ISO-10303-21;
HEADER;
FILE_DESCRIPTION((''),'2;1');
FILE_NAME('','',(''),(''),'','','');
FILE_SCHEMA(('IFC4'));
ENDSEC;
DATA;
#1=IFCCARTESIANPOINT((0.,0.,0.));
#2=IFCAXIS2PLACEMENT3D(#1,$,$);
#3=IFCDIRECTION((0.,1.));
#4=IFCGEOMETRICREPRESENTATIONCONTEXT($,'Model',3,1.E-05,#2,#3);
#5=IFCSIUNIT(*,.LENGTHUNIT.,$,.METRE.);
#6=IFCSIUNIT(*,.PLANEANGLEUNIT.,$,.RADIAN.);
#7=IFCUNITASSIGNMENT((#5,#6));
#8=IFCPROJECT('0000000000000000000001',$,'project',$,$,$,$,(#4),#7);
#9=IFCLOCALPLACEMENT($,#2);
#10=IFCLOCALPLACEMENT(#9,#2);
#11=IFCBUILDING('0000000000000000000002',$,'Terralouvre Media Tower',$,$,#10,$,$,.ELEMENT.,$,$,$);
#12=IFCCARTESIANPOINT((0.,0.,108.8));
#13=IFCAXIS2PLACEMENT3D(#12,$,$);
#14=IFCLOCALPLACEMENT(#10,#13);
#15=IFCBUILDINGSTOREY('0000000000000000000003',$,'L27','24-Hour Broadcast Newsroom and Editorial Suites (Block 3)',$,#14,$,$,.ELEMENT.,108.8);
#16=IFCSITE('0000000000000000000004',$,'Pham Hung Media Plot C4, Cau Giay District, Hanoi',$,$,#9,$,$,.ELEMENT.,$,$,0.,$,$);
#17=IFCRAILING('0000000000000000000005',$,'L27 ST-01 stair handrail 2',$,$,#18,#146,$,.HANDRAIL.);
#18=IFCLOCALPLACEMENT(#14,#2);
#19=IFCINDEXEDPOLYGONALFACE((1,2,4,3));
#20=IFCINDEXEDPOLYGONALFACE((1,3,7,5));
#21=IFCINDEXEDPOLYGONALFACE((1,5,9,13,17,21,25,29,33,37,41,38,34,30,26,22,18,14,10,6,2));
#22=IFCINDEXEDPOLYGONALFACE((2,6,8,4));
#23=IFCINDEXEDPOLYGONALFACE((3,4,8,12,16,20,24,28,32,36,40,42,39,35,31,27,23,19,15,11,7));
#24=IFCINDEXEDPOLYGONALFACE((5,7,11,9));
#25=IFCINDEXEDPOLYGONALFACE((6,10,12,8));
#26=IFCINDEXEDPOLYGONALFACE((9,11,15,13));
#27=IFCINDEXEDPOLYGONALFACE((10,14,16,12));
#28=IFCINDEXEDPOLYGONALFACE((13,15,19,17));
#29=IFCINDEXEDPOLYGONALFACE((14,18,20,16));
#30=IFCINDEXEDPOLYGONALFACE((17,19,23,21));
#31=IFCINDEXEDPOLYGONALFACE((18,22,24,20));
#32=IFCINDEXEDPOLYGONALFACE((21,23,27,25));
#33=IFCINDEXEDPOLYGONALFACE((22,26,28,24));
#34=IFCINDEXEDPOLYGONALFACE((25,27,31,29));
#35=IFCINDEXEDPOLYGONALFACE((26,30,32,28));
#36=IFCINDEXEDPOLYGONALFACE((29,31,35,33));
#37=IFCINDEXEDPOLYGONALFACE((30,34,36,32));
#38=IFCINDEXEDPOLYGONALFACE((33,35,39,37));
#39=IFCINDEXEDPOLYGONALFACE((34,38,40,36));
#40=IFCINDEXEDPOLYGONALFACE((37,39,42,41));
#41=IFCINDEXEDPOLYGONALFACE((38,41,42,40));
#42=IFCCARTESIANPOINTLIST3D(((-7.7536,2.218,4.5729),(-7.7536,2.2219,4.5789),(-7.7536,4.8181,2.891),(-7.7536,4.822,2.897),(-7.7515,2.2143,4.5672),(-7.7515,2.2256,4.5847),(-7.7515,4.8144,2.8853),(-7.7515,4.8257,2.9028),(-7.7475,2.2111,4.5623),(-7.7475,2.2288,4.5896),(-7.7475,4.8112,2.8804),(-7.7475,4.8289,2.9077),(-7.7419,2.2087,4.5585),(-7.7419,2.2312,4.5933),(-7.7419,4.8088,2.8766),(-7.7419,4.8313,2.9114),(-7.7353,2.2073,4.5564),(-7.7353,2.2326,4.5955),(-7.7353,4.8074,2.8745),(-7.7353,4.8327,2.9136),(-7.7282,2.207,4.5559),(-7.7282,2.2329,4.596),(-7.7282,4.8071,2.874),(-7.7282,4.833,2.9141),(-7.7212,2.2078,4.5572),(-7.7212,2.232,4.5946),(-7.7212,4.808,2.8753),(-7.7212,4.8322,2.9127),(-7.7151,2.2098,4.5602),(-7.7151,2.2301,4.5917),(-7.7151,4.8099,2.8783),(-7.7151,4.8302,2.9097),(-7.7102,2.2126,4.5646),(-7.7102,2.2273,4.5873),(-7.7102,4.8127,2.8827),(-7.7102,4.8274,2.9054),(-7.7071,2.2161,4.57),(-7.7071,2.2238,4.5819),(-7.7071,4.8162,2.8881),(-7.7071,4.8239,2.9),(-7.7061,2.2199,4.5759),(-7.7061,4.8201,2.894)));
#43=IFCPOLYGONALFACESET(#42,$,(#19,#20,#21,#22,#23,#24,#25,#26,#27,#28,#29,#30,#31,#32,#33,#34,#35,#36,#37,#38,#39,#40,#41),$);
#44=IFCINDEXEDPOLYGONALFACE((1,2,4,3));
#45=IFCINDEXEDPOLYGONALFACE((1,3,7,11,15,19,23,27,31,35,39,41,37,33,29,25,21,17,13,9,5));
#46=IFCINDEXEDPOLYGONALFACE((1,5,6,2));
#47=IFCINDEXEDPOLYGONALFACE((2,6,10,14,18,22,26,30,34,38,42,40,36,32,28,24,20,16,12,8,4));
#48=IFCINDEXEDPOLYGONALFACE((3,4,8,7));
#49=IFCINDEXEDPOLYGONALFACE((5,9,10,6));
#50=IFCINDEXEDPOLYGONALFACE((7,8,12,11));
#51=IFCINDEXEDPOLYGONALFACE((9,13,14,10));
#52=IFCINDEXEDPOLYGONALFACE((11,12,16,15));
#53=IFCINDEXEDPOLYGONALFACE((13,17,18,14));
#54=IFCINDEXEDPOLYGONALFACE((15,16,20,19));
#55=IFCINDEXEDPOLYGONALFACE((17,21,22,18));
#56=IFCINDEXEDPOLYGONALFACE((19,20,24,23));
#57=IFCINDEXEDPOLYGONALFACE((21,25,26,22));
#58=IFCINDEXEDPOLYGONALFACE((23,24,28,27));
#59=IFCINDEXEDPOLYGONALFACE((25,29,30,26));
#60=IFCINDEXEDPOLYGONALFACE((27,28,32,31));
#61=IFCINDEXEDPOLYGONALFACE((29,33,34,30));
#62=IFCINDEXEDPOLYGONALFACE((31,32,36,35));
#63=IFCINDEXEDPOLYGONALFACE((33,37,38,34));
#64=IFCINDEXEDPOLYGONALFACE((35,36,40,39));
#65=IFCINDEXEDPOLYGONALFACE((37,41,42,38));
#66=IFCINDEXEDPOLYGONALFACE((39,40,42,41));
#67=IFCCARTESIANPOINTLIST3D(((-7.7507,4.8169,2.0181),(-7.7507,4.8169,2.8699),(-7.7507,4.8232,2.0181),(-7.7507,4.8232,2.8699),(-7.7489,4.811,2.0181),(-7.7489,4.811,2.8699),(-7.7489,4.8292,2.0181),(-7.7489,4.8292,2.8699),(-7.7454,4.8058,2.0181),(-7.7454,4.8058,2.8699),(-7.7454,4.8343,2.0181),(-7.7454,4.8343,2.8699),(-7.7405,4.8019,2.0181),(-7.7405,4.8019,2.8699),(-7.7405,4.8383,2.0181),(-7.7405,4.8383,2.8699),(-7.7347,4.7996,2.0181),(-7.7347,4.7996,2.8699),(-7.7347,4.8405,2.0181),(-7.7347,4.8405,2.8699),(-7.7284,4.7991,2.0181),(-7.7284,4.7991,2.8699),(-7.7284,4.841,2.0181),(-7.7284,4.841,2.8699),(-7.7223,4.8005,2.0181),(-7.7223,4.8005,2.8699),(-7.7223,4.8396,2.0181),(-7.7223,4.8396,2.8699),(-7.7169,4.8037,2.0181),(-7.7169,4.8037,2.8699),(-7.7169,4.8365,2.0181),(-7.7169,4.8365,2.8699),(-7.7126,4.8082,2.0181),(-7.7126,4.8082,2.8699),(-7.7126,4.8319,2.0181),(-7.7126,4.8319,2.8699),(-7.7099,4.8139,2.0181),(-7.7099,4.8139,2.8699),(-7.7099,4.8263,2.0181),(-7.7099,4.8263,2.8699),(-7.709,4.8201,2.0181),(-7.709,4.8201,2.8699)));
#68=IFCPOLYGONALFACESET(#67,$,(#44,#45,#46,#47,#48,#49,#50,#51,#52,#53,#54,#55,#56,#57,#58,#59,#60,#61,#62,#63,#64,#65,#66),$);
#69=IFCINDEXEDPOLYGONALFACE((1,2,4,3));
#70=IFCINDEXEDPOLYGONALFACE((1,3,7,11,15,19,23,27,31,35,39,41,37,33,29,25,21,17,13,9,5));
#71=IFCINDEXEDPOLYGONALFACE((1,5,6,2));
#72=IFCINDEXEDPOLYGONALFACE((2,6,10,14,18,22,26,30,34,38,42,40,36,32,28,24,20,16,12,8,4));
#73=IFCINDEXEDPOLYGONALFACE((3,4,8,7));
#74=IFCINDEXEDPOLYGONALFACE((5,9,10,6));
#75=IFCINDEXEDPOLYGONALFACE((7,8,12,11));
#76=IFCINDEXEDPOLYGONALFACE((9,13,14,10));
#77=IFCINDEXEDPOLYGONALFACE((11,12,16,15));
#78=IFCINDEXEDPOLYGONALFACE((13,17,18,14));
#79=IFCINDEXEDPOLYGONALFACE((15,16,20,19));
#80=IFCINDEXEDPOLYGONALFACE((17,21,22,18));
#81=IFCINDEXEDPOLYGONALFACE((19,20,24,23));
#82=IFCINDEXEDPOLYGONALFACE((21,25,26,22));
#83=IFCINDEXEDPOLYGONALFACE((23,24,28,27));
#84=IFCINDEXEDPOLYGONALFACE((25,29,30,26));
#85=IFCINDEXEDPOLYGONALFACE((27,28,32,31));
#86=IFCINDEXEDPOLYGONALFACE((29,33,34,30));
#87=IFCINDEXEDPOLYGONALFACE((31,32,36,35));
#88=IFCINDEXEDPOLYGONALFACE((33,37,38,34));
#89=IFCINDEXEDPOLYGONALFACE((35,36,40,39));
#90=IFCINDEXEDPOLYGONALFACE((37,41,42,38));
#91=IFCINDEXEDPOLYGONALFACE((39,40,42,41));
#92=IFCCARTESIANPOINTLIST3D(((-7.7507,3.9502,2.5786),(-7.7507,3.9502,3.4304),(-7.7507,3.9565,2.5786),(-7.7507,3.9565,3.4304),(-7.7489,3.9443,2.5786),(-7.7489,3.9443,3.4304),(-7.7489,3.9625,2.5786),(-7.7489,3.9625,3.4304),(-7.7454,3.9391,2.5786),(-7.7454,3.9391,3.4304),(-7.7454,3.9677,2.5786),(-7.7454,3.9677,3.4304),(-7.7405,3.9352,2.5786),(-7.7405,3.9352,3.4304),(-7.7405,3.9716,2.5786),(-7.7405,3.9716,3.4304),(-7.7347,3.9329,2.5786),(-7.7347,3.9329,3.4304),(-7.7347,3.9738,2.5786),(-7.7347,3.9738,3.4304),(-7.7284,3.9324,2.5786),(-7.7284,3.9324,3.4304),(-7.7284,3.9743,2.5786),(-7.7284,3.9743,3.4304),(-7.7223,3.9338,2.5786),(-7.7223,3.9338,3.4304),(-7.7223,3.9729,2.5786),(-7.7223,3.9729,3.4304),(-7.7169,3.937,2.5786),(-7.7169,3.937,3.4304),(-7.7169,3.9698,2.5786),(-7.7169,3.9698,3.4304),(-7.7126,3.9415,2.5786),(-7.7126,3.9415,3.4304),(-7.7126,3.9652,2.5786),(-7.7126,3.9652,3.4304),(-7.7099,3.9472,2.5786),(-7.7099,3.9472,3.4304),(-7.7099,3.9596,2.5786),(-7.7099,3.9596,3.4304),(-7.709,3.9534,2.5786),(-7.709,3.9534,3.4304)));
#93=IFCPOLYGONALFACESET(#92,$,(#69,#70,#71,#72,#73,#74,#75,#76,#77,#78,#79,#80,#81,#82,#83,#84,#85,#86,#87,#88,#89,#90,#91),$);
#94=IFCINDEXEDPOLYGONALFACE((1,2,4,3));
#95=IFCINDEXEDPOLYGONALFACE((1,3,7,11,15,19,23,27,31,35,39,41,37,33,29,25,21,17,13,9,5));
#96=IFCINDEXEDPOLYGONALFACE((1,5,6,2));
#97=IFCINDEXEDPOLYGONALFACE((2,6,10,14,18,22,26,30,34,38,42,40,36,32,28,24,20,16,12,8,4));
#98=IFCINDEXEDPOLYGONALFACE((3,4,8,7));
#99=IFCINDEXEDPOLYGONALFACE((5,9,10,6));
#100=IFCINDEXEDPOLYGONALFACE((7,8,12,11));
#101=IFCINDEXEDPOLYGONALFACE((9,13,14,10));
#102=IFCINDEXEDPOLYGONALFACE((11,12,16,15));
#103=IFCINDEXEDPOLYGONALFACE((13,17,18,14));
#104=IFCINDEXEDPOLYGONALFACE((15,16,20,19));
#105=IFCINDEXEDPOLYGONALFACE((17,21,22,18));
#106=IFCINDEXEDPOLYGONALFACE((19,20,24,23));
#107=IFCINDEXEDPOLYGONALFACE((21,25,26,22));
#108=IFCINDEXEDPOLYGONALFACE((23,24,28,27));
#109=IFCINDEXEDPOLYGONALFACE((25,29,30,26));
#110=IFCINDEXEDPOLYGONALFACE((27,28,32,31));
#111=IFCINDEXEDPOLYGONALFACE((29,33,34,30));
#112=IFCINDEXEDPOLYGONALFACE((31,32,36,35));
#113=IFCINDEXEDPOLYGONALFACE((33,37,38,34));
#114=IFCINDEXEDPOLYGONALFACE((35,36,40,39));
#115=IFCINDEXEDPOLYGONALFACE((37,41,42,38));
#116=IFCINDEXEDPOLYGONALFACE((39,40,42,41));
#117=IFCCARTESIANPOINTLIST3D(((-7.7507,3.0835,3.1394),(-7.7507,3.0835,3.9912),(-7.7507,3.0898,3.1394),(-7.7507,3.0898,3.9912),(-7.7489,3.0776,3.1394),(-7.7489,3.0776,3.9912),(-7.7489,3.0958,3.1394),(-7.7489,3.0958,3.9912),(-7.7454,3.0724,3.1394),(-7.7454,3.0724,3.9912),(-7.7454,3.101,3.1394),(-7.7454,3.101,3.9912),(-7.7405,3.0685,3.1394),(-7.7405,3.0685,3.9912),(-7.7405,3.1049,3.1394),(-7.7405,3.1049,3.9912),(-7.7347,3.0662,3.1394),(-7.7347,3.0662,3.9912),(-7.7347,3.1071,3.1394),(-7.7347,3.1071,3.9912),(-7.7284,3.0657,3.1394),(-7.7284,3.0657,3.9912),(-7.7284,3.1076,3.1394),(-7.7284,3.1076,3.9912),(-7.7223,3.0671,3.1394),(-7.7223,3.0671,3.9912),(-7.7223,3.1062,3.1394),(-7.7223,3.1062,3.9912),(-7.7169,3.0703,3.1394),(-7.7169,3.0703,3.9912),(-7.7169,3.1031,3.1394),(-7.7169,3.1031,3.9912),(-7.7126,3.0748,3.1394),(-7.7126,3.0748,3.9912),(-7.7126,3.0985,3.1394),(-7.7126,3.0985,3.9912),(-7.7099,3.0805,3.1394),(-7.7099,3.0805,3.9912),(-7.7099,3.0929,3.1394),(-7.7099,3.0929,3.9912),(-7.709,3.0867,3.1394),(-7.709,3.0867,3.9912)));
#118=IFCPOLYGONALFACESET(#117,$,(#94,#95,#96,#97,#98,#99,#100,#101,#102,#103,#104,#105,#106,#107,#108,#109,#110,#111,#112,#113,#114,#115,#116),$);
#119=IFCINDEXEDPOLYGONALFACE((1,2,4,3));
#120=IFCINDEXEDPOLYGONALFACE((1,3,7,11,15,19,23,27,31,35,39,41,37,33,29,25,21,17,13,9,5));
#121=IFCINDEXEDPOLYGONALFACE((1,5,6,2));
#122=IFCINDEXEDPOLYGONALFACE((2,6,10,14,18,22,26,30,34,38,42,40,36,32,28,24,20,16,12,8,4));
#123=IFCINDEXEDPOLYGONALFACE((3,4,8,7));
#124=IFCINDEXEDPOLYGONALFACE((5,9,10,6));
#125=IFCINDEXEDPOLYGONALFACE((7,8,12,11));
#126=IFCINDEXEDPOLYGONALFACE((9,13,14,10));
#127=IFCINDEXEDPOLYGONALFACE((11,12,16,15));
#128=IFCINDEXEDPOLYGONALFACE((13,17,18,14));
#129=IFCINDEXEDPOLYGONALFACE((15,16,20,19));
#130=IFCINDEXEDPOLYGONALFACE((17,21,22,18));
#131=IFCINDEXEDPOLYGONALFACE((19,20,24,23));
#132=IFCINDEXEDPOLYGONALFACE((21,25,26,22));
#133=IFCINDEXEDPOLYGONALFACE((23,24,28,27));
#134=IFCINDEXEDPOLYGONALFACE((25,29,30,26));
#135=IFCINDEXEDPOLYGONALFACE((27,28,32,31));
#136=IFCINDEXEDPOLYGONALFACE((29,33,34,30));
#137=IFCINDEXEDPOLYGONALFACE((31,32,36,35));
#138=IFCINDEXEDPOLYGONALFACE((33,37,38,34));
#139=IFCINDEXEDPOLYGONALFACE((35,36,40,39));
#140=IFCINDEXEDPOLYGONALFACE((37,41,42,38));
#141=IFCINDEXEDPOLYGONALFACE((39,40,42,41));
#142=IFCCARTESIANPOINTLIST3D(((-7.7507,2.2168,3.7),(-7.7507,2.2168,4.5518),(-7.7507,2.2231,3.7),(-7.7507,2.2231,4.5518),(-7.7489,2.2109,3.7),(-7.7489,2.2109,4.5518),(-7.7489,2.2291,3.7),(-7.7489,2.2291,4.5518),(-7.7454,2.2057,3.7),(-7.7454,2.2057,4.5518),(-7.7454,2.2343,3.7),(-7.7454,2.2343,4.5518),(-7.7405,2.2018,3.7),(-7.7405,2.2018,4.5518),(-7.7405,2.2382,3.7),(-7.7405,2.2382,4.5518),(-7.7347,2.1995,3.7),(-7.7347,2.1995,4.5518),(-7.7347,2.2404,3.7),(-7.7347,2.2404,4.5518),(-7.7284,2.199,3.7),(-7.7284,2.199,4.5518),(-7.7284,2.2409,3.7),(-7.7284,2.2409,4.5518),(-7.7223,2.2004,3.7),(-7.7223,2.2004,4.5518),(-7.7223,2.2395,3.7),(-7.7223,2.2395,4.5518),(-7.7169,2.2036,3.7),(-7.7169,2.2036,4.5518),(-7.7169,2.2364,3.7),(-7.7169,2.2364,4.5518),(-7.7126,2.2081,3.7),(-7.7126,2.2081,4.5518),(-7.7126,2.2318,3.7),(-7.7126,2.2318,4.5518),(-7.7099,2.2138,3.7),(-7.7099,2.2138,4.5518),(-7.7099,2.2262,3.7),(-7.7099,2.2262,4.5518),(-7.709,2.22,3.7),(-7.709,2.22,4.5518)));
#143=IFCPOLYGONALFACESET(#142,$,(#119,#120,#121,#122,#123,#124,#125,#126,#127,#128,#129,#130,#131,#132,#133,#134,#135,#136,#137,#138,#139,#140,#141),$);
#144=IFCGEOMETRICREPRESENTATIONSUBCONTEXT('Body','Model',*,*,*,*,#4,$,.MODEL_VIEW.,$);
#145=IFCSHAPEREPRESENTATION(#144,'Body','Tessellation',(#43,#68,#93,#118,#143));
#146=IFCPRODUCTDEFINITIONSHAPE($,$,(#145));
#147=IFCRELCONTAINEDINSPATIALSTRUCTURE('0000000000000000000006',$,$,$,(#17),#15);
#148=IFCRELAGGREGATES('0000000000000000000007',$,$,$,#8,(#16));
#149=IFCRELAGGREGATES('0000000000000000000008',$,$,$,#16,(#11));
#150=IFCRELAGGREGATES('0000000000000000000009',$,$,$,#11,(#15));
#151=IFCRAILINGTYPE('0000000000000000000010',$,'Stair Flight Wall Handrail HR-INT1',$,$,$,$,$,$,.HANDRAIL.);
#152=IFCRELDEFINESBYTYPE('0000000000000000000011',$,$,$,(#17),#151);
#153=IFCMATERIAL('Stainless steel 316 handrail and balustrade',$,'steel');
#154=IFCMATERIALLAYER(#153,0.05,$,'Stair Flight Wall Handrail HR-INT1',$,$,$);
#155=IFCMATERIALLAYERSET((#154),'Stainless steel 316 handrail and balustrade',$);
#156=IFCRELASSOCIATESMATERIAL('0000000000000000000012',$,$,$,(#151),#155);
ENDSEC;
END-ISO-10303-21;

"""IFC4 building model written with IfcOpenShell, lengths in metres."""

from ifc_helpers import new_model, si_unit, direction, frame, origin, origin_2d, place, context, subcontext, project, spatial, circle, extrude, material, layer, layer_set, type_object, element, save


model = new_model("IFC4")

# Units and contexts
model_context = context("Model", 3, precision=1e-05, world=origin(), true_north=direction((0.0, 1.0)))
body_context = subcontext(model_context, "Body", "Model", "MODEL_VIEW")
ifc_project = project(units=[si_unit("LENGTHUNIT", "METRE"), si_unit("PLANEANGLEUNIT", "RADIAN")], contexts=[model_context])

# Site, building, storey
site_placement = place(None, origin())
site = spatial("IfcSite", under=ifc_project, at=site_placement, Name="Pham Hung Media Plot C4, Cau Giay District, Hanoi", CompositionType="ELEMENT", RefElevation=0.0)
building_placement = place(site_placement, origin())
building = spatial("IfcBuilding", under=site, at=building_placement, Name="Terralouvre Media Tower", CompositionType="ELEMENT")
storey_placement = place(building_placement, frame((0.0, 0.0, 108.8)))
storey = spatial("IfcBuildingStorey", under=building, at=storey_placement, Name="L27", Description="24-Hour Broadcast Newsroom and Editorial Suites (Block 3)", CompositionType="ELEMENT", Elevation=108.8)

# Railing
ifc_material_1 = material(Name="Stainless steel 316 handrail and balustrade", Category="steel")
ifc_layer_1 = layer(ifc_material_1, 0.05, Name="Stair Flight Wall Handrail HR-INT1")
ifc_layer_set_1 = layer_set([ifc_layer_1], Name="Stainless steel 316 handrail and balustrade")
railing_type_1 = type_object("IfcRailingType", Name="Stair Flight Wall Handrail HR-INT1", PredefinedType="HANDRAIL", material=ifc_layer_set_1)
railing_1_placement = place(storey_placement, frame((-7.73, 4.8201, 2.0181)))
element("IfcRailing", 1, at=railing_1_placement, inside=storey, type_object=railing_type_1, Name="L27 ST-01 stair handrail 2", PredefinedType="HANDRAIL", context=body_context, shape_type="SweptSolid", body=[
    extrude(circle(Radius=0.0239, at=origin_2d()), frame((0.0, 0.0, 0.876), z_axis=(0.0, -0.839648, 0.54313), x_axis=(1.0, 0.0, 0.0)), (0.0, 0.0, 1.0), 3.0967),
    extrude(circle(Radius=0.021, at=origin_2d()), origin(), (0.0, 0.0, 1.0), 0.8518),
    extrude(circle(Radius=0.021, at=origin_2d()), frame((0.0, -0.8667, 0.5605)), (0.0, 0.0, 1.0), 0.8518),
    extrude(circle(Radius=0.021, at=origin_2d()), frame((0.0, -1.7334, 1.1213)), (0.0, 0.0, 1.0), 0.8518),
    extrude(circle(Radius=0.021, at=origin_2d()), frame((0.0, -2.6001, 1.6819)), (0.0, 0.0, 1.0), 0.8518),
])

save(model, "model.ifc")
